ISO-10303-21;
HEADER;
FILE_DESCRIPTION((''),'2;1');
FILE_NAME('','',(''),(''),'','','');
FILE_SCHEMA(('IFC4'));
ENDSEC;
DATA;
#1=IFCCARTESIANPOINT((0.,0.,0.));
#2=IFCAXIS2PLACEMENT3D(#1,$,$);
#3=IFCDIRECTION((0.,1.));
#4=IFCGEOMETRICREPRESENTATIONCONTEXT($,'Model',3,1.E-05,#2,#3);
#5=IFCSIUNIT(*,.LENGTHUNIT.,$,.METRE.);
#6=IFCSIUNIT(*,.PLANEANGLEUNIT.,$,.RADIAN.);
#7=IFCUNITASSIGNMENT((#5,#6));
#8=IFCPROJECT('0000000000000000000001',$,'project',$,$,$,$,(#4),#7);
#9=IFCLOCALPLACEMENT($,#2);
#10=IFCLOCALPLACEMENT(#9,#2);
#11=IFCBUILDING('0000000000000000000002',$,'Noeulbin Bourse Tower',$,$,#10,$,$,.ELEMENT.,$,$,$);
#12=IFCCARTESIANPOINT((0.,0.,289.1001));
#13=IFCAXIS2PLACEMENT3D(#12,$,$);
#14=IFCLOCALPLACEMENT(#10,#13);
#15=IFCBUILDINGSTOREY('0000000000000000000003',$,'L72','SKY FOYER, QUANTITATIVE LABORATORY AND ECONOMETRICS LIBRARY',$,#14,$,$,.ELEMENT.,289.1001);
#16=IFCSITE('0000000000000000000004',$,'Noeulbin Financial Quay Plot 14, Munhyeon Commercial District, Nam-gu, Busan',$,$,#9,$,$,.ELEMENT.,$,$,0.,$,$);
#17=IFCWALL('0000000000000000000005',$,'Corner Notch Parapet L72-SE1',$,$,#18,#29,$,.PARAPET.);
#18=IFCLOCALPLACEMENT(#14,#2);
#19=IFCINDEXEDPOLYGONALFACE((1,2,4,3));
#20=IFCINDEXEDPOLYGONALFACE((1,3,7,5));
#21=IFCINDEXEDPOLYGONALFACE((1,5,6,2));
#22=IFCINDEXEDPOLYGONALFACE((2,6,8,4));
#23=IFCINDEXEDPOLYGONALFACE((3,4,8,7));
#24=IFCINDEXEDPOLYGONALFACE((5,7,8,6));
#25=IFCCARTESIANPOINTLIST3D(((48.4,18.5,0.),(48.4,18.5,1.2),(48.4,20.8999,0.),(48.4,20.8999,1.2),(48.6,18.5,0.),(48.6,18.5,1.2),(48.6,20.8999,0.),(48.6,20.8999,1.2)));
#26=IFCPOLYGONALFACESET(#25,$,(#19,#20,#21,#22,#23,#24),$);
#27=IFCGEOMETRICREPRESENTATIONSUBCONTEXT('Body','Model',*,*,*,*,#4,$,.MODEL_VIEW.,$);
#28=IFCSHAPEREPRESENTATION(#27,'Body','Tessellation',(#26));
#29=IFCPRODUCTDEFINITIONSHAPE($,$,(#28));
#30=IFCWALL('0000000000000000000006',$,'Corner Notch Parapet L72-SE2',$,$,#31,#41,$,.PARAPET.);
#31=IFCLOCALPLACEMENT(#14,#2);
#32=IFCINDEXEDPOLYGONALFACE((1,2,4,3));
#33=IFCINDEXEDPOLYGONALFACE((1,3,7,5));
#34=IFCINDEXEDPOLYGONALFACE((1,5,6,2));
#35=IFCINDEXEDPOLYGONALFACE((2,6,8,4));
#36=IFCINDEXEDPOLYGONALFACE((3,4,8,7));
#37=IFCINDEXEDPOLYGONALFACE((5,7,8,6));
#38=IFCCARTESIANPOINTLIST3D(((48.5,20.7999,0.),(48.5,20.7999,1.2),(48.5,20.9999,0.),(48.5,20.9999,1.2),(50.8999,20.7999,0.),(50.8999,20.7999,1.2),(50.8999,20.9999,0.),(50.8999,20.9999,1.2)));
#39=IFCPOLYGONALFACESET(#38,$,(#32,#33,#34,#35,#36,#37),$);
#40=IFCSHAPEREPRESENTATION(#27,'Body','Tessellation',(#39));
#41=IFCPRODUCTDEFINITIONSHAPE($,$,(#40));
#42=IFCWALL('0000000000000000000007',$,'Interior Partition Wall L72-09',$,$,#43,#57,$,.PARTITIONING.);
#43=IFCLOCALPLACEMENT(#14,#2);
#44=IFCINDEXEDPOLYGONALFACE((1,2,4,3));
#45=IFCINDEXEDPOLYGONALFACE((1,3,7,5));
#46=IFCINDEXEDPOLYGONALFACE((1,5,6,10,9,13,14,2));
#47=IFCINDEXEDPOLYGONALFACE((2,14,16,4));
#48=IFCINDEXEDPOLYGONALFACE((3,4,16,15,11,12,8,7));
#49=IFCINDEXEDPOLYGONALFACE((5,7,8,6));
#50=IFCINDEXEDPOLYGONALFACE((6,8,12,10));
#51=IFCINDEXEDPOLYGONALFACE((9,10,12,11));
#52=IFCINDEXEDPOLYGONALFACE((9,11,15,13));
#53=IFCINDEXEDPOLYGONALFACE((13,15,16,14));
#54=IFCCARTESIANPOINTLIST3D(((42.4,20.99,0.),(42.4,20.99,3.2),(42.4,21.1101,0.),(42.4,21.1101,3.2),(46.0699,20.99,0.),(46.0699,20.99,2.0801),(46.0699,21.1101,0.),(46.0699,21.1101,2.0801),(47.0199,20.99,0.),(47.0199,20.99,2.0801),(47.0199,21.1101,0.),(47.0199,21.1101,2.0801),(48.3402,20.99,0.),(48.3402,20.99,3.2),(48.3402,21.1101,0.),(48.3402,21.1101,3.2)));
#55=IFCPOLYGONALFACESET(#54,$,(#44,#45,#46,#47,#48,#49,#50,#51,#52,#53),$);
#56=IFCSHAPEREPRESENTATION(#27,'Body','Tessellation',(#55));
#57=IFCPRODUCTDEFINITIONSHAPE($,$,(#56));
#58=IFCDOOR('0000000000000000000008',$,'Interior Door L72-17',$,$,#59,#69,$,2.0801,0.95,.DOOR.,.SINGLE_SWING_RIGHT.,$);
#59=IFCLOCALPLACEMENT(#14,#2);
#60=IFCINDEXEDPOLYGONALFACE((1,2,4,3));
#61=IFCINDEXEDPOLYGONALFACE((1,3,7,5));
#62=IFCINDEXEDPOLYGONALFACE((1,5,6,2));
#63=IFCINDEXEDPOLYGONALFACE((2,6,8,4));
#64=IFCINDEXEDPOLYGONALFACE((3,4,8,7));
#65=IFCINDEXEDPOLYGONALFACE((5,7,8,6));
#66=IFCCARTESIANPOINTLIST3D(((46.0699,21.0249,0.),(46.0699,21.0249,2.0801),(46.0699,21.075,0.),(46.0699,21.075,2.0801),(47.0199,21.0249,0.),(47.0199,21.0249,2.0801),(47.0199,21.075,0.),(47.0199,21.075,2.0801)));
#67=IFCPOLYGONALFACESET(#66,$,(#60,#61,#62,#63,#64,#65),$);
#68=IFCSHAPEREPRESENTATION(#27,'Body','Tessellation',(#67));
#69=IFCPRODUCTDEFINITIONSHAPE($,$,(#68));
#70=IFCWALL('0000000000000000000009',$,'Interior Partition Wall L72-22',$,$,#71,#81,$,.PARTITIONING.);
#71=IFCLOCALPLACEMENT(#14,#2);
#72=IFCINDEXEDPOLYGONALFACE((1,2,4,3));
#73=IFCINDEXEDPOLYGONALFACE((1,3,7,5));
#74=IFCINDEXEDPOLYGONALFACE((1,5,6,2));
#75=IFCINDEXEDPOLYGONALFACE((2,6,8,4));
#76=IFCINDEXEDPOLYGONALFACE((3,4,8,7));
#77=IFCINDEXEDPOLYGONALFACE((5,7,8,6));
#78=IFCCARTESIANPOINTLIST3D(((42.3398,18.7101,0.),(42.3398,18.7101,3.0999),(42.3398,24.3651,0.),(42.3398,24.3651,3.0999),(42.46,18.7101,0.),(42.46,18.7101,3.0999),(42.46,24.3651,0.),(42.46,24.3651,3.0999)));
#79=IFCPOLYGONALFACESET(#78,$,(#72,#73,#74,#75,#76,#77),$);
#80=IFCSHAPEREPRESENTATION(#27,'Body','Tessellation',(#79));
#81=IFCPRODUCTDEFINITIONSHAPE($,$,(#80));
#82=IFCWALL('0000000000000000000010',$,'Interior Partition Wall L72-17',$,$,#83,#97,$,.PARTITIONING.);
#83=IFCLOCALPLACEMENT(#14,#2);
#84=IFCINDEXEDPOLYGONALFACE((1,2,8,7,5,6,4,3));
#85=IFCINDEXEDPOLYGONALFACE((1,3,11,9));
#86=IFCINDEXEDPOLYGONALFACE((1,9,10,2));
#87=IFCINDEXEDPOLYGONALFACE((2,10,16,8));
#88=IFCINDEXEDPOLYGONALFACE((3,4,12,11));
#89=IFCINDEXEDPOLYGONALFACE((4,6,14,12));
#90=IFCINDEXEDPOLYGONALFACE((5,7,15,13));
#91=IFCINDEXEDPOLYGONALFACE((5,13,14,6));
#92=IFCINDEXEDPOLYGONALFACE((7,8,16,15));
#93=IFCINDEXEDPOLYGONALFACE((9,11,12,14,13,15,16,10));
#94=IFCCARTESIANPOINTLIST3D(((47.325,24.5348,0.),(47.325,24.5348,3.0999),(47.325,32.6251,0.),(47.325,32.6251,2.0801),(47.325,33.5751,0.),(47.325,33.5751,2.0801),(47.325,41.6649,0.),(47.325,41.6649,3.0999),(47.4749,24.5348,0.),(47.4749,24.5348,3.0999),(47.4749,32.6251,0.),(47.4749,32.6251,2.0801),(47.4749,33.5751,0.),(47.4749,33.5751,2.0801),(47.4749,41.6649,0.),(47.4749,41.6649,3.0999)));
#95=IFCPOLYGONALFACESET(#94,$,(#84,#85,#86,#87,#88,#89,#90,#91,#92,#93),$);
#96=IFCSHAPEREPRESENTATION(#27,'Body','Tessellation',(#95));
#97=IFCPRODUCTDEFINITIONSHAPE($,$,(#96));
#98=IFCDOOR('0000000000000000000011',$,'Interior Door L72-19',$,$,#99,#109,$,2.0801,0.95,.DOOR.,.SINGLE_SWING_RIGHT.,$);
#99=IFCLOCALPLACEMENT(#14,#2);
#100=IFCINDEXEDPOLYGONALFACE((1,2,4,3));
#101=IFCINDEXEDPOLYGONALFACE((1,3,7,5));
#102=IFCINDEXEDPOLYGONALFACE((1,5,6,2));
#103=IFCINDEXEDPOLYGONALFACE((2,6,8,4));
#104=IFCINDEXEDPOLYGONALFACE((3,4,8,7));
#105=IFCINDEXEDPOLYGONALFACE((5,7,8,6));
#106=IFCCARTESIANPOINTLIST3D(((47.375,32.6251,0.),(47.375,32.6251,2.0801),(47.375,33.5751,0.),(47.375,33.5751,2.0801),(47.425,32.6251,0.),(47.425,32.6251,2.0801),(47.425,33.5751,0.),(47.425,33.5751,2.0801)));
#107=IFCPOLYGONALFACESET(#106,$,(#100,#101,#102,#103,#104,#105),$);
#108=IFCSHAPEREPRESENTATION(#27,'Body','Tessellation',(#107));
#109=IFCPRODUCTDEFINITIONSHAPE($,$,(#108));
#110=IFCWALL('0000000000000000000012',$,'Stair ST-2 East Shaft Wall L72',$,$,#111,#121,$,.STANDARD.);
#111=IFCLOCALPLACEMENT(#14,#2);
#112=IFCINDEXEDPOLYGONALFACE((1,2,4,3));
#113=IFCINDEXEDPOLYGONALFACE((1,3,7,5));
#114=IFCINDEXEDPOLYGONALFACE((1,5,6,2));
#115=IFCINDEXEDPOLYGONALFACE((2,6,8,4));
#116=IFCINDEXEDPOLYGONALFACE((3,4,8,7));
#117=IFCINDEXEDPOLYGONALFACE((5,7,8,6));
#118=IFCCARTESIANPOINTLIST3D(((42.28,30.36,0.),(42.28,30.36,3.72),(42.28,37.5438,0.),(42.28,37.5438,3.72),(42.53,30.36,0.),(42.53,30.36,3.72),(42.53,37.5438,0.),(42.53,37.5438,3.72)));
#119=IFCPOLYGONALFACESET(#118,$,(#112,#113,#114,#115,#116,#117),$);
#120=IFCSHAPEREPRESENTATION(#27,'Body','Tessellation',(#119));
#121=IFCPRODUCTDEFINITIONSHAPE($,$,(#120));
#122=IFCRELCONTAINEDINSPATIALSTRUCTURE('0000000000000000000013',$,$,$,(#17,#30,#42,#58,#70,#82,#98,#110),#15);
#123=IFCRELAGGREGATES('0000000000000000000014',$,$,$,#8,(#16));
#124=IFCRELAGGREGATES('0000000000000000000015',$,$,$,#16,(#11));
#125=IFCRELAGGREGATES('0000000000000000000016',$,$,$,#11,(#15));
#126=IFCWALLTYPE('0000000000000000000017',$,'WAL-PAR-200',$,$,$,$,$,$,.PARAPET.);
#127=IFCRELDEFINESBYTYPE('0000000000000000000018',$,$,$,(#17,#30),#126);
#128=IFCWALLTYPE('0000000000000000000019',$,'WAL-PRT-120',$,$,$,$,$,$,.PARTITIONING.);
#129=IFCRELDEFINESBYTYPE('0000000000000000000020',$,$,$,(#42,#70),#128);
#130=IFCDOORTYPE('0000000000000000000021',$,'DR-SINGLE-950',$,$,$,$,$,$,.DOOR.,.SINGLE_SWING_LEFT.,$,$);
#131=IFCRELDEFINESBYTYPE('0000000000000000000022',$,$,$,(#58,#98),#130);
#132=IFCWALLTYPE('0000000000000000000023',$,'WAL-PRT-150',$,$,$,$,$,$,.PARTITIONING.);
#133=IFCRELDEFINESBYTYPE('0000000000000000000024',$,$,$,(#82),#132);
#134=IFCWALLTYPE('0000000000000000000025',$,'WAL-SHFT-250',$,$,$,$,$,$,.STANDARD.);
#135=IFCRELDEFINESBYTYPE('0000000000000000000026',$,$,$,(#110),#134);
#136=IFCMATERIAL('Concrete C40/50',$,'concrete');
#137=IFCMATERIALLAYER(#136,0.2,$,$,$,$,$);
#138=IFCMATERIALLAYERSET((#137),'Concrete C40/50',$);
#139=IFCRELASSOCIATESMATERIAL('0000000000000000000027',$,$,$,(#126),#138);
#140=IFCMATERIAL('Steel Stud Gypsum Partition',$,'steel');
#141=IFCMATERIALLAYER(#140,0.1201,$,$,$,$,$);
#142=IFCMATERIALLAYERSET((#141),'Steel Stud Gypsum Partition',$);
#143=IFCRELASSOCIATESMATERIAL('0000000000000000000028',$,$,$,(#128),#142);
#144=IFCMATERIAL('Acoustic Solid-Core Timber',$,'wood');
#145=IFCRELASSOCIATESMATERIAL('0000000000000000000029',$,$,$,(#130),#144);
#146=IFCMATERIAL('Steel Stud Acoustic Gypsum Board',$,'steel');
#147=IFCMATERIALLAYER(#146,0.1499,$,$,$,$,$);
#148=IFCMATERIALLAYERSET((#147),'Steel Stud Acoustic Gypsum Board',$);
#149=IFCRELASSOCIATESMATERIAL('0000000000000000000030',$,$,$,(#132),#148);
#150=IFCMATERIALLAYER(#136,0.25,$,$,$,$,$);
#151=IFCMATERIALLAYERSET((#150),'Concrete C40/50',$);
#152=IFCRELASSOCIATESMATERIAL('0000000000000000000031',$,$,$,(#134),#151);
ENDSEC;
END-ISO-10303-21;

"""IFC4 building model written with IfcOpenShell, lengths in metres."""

from ifc_helpers import new_model, si_unit, direction, frame, frame_2d, origin, place, context, subcontext, project, spatial, rectangle, extrude, material, layer, layer_set, type_object, element, fill, save


model = new_model("IFC4")

# Units and contexts
model_context = context("Model", 3, precision=1e-05, world=origin(), true_north=direction((0.0, 1.0)))
body_context = subcontext(model_context, "Body", "Model", "MODEL_VIEW")
ifc_project = project(units=[si_unit("LENGTHUNIT", "METRE"), si_unit("PLANEANGLEUNIT", "RADIAN")], contexts=[model_context])

# Site, building, storey
site_placement = place(None, origin())
site = spatial("IfcSite", under=ifc_project, at=site_placement, Name="Noeulbin Financial Quay Plot 14, Munhyeon Commercial District, Nam-gu, Busan", CompositionType="ELEMENT", RefElevation=0.0)
building_placement = place(site_placement, origin())
building = spatial("IfcBuilding", under=site, at=building_placement, Name="Noeulbin Bourse Tower", CompositionType="ELEMENT")
storey_placement = place(building_placement, frame((0.0, 0.0, 289.1001)))
storey = spatial("IfcBuildingStorey", under=building, at=storey_placement, Name="L72", Description="SKY FOYER, QUANTITATIVE LABORATORY AND ECONOMETRICS LIBRARY", CompositionType="ELEMENT", Elevation=289.1001)

# Walls
ifc_material_1 = material(Name="Concrete C40/50", Category="concrete")
ifc_layer_1 = layer(ifc_material_1, 0.2)
ifc_layer_set_1 = layer_set([ifc_layer_1], Name="Concrete C40/50")
wall_type_1 = type_object("IfcWallType", Name="WAL-PAR-200", PredefinedType="PARAPET", material=ifc_layer_set_1)
for number, where, z_axis, x_axis, name in (
    (1, (48.5, 18.5, 0.0), (0.0, 0.0, 1.0), (0.0, 1.0, 0.0), "Corner Notch Parapet L72-SE1"),
    (2, (48.5, 20.8999, 0.0), (0.0, 0.0, 1.0), (1.0, 0.0, 0.0), "Corner Notch Parapet L72-SE2"),
):
    element("IfcWall", number, at=place(storey_placement, frame(where, z_axis=z_axis, x_axis=x_axis)), inside=storey, type_object=wall_type_1, Name=name, PredefinedType="PARAPET", context=body_context, shape_type="SweptSolid", body=[
        extrude(rectangle(XDim=2.3999, YDim=0.2, at=frame_2d((1.2, 0.0))), origin(), (0.0, 0.0, 1.0), 1.2),
    ])

# Wall, opening, door
ifc_material_2 = material(Name="Steel Stud Gypsum Partition", Category="steel")
ifc_layer_2 = layer(ifc_material_2, 0.1201)
ifc_layer_set_2 = layer_set([ifc_layer_2], Name="Steel Stud Gypsum Partition")
wall_type_2 = type_object("IfcWallType", Name="WAL-PRT-120", PredefinedType="PARTITIONING", material=ifc_layer_set_2)
wall_1_placement = place(storey_placement, frame((42.3999, 21.05, 0.0), z_axis=(0.0, 0.0, 1.0), x_axis=(1.0, 0.0, 0.0)))
wall_1 = element("IfcWall", 3, at=wall_1_placement, inside=storey, type_object=wall_type_2, Name="Interior Partition Wall L72-09", PredefinedType="PARTITIONING", context=body_context, shape_type="SweptSolid", body=[
    extrude(rectangle(XDim=5.9402, YDim=0.1201, at=frame_2d((2.9702, 0.0))), origin(), (0.0, 0.0, 1.0), 3.2),
])
opening_1_placement = place(wall_1_placement, frame((3.6699, 0.0, 0.0)))
opening_1 = element("IfcOpeningElement", 4, at=opening_1_placement, cuts=wall_1, PredefinedType="OPENING", context=body_context, shape_type="SweptSolid", body=[
    extrude(rectangle(XDim=0.95, YDim=2.0801, at=frame_2d((0.4751, 1.04))), frame((0.0, 0.0701, 0.0), z_axis=(0.0, -1.0, 0.0), x_axis=(1.0, 0.0, 0.0)), (0.0, 0.0, 1.0), 0.1401),
])
ifc_material_3 = material(Name="Acoustic Solid-Core Timber", Category="wood")
door_type = type_object("IfcDoorType", Name="DR-SINGLE-950", OperationType="SINGLE_SWING_LEFT", PredefinedType="DOOR", material=ifc_material_3)
door_1_placement = place(opening_1_placement, origin())
door_1 = element("IfcDoor", 5, at=door_1_placement, inside=storey, type_object=door_type, Name="Interior Door L72-17", OperationType="SINGLE_SWING_RIGHT", OverallHeight=2.0801, OverallWidth=0.95, PredefinedType="DOOR", context=body_context, shape_type="SweptSolid", body=[
    extrude(rectangle(XDim=0.95, YDim=2.0801, at=frame_2d((0.4751, 1.04))), frame((0.0, 0.0249, 0.0), z_axis=(0.0, -1.0, 0.0), x_axis=(1.0, 0.0, 0.0)), (0.0, 0.0, 1.0), 0.05),
])
fill(opening_1, door_1)

# Wall
wall_2_placement = place(storey_placement, frame((42.3999, 18.71, 0.0), z_axis=(0.0, 0.0, 1.0), x_axis=(0.0, 1.0, 0.0)))
element("IfcWall", 6, at=wall_2_placement, inside=storey, type_object=wall_type_2, Name="Interior Partition Wall L72-22", PredefinedType="PARTITIONING", context=body_context, shape_type="SweptSolid", body=[
    extrude(rectangle(XDim=5.655, YDim=0.1201, at=frame_2d((2.8276, 0.0))), origin(), (0.0, 0.0, 1.0), 3.0999),
])

# Wall, opening, door
ifc_material_4 = material(Name="Steel Stud Acoustic Gypsum Board", Category="steel")
ifc_layer_3 = layer(ifc_material_4, 0.1499)
ifc_layer_set_3 = layer_set([ifc_layer_3], Name="Steel Stud Acoustic Gypsum Board")
wall_type_3 = type_object("IfcWallType", Name="WAL-PRT-150", PredefinedType="PARTITIONING", material=ifc_layer_set_3)
wall_3_placement = place(storey_placement, frame((47.3999, 24.5349, 0.0), z_axis=(0.0, 0.0, 1.0), x_axis=(0.0, 1.0, 0.0)))
wall_3 = element("IfcWall", 7, at=wall_3_placement, inside=storey, type_object=wall_type_3, Name="Interior Partition Wall L72-17", PredefinedType="PARTITIONING", context=body_context, shape_type="SweptSolid", body=[
    extrude(rectangle(XDim=17.1301, YDim=0.1499, at=frame_2d((8.5649, 0.0))), origin(), (0.0, 0.0, 1.0), 3.0999),
])
opening_2_placement = place(wall_3_placement, frame((8.0901, 0.0, 0.0)))
opening_2 = element("IfcOpeningElement", 8, at=opening_2_placement, cuts=wall_3, PredefinedType="OPENING", context=body_context, shape_type="SweptSolid", body=[
    extrude(rectangle(XDim=0.95, YDim=2.0801, at=frame_2d((0.4751, 1.04))), frame((0.0, 0.085, 0.0), z_axis=(0.0, -1.0, 0.0), x_axis=(1.0, 0.0, 0.0)), (0.0, 0.0, 1.0), 0.1699),
])
door_2_placement = place(opening_2_placement, origin())
door_2 = element("IfcDoor", 9, at=door_2_placement, inside=storey, type_object=door_type, Name="Interior Door L72-19", OperationType="SINGLE_SWING_RIGHT", OverallHeight=2.0801, OverallWidth=0.95, PredefinedType="DOOR", context=body_context, shape_type="SweptSolid", body=[
    extrude(rectangle(XDim=0.95, YDim=2.0801, at=frame_2d((0.4751, 1.04))), frame((0.0, 0.0249, 0.0), z_axis=(0.0, -1.0, 0.0), x_axis=(1.0, 0.0, 0.0)), (0.0, 0.0, 1.0), 0.05),
])
fill(opening_2, door_2)

# Wall
ifc_layer_4 = layer(ifc_material_1, 0.25)
ifc_layer_set_4 = layer_set([ifc_layer_4], Name="Concrete C40/50")
wall_type_4 = type_object("IfcWallType", Name="WAL-SHFT-250", PredefinedType="STANDARD", material=ifc_layer_set_4)
wall_4_placement = place(storey_placement, frame((42.405, 30.3601, 0.0), z_axis=(0.0, 0.0, 1.0), x_axis=(0.0, 1.0, 0.0)))
element("IfcWall", 10, at=wall_4_placement, inside=storey, type_object=wall_type_4, Name="Stair ST-2 East Shaft Wall L72", PredefinedType="STANDARD", context=body_context, shape_type="SweptSolid", body=[
    extrude(rectangle(XDim=7.1838, YDim=0.25, at=frame_2d((3.5918, 0.0))), origin(), (0.0, 0.0, 1.0), 3.72),
])

save(model, "model.ifc")
